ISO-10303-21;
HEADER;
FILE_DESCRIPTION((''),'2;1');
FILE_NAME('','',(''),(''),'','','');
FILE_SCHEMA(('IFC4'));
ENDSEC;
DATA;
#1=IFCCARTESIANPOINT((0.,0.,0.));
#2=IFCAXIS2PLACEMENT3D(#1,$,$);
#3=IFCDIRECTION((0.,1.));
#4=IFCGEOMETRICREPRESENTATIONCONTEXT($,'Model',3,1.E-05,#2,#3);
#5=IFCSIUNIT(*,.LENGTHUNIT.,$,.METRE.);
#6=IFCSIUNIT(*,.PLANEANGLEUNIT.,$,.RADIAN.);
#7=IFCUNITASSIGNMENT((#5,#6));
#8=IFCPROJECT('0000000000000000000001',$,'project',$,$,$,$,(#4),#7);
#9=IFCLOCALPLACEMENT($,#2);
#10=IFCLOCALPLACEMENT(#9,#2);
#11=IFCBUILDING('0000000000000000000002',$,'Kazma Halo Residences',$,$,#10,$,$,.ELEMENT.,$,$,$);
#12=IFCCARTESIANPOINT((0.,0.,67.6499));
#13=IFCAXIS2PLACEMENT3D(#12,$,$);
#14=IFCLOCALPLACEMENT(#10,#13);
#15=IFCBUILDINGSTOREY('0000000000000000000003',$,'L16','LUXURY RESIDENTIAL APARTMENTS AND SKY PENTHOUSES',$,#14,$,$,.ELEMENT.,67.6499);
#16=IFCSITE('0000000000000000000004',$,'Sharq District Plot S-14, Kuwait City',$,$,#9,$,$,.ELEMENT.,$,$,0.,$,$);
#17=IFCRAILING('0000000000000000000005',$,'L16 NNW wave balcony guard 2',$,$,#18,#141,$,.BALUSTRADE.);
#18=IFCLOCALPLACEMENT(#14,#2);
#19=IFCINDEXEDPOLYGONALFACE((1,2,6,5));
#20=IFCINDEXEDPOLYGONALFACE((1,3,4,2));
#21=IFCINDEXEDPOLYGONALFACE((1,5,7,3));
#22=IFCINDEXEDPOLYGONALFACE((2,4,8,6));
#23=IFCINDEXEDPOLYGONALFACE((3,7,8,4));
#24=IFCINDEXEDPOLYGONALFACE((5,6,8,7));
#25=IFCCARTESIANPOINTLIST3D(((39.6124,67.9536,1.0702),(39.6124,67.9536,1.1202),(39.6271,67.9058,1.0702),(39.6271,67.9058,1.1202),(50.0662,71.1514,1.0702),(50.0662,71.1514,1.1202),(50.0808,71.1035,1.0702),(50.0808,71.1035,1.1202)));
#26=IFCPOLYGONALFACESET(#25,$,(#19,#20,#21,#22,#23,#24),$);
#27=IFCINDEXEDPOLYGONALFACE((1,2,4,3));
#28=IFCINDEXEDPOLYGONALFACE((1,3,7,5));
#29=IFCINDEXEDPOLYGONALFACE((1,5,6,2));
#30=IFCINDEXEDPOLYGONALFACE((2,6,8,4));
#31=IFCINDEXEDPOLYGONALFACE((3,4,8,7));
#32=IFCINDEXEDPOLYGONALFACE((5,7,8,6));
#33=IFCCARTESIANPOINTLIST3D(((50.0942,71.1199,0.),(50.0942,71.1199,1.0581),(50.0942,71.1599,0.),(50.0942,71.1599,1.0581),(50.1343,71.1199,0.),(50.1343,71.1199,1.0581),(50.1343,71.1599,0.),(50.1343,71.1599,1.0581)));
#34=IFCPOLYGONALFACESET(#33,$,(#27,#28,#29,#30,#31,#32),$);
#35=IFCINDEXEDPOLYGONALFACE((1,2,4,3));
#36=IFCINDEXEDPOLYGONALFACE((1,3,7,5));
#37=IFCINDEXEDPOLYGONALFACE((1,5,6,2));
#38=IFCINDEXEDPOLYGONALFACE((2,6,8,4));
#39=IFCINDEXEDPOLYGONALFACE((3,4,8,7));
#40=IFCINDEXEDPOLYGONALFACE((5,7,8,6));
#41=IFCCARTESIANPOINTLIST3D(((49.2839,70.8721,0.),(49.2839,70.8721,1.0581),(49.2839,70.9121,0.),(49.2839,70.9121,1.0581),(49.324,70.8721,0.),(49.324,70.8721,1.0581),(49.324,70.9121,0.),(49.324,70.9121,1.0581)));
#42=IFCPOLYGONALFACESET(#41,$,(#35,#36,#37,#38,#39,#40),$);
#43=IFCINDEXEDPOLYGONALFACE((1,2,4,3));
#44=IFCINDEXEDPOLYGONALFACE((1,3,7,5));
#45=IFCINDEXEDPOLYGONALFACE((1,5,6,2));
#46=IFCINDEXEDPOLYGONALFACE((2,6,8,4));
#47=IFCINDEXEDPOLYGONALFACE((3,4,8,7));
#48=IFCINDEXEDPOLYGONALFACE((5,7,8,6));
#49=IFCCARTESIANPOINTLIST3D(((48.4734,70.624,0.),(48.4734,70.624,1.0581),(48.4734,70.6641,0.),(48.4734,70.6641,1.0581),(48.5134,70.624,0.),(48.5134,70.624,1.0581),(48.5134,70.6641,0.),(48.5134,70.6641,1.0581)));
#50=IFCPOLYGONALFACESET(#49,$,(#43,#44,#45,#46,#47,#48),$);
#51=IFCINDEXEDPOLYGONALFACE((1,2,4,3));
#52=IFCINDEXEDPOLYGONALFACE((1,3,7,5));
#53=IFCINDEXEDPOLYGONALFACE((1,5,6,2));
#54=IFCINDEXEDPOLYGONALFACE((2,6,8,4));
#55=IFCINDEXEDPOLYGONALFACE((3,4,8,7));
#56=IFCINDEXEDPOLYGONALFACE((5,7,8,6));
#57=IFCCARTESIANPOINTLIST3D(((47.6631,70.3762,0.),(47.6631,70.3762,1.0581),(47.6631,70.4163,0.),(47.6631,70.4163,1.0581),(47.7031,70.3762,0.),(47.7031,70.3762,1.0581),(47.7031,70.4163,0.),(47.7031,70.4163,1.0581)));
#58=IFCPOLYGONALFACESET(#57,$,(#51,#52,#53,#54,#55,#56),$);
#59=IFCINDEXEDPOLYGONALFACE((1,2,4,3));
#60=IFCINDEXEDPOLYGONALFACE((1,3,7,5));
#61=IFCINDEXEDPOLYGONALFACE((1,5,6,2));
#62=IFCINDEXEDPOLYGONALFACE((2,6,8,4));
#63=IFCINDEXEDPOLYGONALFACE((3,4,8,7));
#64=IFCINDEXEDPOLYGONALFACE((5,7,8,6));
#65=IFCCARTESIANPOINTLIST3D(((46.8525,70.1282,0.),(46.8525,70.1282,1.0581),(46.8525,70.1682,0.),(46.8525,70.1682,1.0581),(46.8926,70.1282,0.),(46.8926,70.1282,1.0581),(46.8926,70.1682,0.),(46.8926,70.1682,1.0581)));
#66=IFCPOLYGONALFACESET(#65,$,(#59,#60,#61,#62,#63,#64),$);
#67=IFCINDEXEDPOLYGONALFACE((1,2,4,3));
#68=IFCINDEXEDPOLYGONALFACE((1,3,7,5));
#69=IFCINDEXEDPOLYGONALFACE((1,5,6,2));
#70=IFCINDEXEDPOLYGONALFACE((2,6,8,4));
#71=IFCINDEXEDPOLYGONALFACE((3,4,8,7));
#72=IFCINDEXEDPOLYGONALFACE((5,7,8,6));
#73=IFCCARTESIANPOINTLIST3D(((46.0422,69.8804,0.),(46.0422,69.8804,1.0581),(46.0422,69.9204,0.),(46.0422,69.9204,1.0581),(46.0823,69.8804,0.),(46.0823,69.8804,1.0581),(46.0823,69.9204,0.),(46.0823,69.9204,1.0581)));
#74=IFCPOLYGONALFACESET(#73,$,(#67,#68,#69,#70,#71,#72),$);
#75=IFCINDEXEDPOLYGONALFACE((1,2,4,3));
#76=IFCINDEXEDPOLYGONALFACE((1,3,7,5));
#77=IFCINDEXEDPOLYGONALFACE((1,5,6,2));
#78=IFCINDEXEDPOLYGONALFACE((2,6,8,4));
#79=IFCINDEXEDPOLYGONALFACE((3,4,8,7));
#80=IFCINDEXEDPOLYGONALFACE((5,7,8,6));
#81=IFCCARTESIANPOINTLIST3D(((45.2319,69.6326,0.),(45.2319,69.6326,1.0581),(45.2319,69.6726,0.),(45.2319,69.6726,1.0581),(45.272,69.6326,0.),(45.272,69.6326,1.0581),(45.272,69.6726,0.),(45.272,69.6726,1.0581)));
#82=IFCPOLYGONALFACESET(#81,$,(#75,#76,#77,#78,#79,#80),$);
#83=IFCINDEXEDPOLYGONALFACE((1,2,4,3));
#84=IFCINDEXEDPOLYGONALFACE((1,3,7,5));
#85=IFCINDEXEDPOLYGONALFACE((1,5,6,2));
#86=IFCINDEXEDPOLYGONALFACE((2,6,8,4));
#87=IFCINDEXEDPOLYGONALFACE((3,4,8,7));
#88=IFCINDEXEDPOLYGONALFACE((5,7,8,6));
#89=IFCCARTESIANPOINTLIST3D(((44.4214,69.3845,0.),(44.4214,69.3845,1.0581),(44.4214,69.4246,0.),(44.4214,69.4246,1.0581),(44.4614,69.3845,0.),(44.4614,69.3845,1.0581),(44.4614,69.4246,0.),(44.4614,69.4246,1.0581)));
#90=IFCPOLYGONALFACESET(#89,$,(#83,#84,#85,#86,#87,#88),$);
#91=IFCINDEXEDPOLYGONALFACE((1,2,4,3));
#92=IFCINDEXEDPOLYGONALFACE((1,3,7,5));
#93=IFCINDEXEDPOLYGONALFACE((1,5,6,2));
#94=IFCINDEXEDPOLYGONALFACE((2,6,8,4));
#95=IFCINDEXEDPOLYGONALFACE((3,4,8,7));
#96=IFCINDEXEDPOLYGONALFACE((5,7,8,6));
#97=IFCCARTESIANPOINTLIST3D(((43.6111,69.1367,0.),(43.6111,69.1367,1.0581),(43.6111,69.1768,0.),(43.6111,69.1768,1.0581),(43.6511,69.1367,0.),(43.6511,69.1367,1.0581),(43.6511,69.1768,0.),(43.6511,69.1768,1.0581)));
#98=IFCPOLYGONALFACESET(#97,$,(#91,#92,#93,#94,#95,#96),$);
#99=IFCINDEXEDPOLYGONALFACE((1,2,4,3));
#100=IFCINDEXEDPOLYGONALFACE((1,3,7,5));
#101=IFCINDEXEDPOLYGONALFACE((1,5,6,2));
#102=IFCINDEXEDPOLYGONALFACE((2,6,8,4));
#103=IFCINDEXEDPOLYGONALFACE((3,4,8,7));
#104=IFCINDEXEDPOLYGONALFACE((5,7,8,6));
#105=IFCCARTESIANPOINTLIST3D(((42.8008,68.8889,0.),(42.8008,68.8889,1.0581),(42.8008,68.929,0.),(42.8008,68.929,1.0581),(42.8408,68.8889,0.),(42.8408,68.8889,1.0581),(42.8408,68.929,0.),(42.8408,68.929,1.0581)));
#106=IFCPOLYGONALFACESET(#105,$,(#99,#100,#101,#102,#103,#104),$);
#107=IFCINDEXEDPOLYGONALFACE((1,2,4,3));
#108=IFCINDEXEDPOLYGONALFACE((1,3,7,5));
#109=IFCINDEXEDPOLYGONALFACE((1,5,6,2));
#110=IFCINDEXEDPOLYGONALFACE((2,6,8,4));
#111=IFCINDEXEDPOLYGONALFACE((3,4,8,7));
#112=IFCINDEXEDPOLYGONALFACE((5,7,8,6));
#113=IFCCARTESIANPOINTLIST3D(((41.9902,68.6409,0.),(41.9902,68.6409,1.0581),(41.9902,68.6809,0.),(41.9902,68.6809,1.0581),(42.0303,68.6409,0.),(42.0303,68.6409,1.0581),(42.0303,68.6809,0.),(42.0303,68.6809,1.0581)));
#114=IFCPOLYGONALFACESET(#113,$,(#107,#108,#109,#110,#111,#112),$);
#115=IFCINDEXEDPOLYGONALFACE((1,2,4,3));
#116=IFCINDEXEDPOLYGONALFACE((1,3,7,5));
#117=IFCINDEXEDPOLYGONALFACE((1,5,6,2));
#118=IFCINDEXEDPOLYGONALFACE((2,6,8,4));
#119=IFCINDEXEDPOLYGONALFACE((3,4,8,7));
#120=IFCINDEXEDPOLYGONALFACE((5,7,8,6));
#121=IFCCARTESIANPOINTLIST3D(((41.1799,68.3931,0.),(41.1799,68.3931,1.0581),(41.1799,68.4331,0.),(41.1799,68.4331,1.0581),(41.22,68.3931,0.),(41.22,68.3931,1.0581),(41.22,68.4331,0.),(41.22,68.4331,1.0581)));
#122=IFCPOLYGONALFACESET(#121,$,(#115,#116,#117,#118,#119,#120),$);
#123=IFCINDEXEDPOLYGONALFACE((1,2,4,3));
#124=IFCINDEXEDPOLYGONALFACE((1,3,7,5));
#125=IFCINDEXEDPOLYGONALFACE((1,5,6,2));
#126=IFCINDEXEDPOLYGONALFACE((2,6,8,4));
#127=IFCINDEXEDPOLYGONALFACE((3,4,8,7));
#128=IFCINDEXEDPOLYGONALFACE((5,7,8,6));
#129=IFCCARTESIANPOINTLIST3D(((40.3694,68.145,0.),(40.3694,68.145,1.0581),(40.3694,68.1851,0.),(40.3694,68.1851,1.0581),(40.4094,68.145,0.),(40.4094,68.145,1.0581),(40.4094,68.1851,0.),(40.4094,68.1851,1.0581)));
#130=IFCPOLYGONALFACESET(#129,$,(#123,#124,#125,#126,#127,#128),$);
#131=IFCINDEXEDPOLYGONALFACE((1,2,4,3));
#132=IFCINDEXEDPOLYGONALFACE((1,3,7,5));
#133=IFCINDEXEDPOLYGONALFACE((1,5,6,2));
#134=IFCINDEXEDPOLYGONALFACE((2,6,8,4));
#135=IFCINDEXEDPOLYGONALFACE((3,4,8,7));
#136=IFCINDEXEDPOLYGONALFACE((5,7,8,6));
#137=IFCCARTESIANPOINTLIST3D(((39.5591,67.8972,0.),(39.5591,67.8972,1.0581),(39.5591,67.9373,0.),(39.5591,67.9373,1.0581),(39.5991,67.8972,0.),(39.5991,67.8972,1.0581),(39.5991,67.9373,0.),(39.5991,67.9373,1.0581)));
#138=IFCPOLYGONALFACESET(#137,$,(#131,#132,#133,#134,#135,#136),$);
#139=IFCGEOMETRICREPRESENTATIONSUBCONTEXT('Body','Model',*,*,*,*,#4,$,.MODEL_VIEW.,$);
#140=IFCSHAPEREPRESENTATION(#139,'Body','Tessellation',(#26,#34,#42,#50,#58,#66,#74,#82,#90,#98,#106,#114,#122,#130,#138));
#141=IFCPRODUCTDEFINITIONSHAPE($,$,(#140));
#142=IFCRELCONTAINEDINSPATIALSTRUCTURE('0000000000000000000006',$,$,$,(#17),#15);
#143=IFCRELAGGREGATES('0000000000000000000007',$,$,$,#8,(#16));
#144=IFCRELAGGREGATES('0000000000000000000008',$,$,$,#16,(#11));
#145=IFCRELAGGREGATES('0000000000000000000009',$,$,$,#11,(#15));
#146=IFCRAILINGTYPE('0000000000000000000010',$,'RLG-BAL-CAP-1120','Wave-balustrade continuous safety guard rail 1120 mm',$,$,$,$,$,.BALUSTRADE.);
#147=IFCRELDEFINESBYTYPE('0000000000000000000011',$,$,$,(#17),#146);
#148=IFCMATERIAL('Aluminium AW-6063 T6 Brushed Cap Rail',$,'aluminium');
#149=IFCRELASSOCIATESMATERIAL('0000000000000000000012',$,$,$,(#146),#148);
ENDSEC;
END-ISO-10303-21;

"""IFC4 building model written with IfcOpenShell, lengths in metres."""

from ifc_helpers import new_model, si_unit, direction, frame, origin, origin_2d, place, context, subcontext, project, spatial, rectangle, extrude, material, type_object, element, save


model = new_model("IFC4")

# Units and contexts
model_context = context("Model", 3, precision=1e-05, world=origin(), true_north=direction((0.0, 1.0)))
body_context = subcontext(model_context, "Body", "Model", "MODEL_VIEW")
ifc_project = project(units=[si_unit("LENGTHUNIT", "METRE"), si_unit("PLANEANGLEUNIT", "RADIAN")], contexts=[model_context])

# Site, building, storey
site_placement = place(None, origin())
site = spatial("IfcSite", under=ifc_project, at=site_placement, Name="Sharq District Plot S-14, Kuwait City", CompositionType="ELEMENT", RefElevation=0.0)
building_placement = place(site_placement, origin())
building = spatial("IfcBuilding", under=site, at=building_placement, Name="Kazma Halo Residences", CompositionType="ELEMENT")
storey_placement = place(building_placement, frame((0.0, 0.0, 67.6499)))
storey = spatial("IfcBuildingStorey", under=building, at=storey_placement, Name="L16", Description="LUXURY RESIDENTIAL APARTMENTS AND SKY PENTHOUSES", CompositionType="ELEMENT", Elevation=67.6499)

# Railing
ifc_material_1 = material(Name="Aluminium AW-6063 T6 Brushed Cap Rail", Category="aluminium")
railing_type = type_object("IfcRailingType", Name="RLG-BAL-CAP-1120", Description="Wave-balustrade continuous safety guard rail 1120 mm", PredefinedType="BALUSTRADE", material=ifc_material_1)
railing_1_placement = place(storey_placement, frame((50.1143, 71.1399, 0.0)))
element("IfcRailing", 1, at=railing_1_placement, inside=storey, type_object=railing_type, Name="L16 NNW wave balcony guard 2", PredefinedType="BALUSTRADE", context=body_context, shape_type="SweptSolid", body=[
    extrude(rectangle(XDim=0.05, YDim=0.05, at=origin_2d()), frame((-0.0408, -0.0125, 1.0952), z_axis=(-0.956261, -0.292516, 0.0), x_axis=(0.292516, -0.956261, 0.0)), (0.0, 0.0, 1.0), 10.9319),
    extrude(rectangle(XDim=0.04, YDim=0.04, at=origin_2d()), origin(), (0.0, 0.0, 1.0), 1.0581),
    extrude(rectangle(XDim=0.04, YDim=0.04, at=origin_2d()), frame((-0.8103, -0.2478, 0.0)), (0.0, 0.0, 1.0), 1.0581),
    extrude(rectangle(XDim=0.04, YDim=0.04, at=origin_2d()), frame((-1.6208, -0.4958, 0.0)), (0.0, 0.0, 1.0), 1.0581),
    extrude(rectangle(XDim=0.04, YDim=0.04, at=origin_2d()), frame((-2.4312, -0.7437, 0.0)), (0.0, 0.0, 1.0), 1.0581),
    extrude(rectangle(XDim=0.04, YDim=0.04, at=origin_2d()), frame((-3.2417, -0.9917, 0.0)), (0.0, 0.0, 1.0), 1.0581),
    extrude(rectangle(XDim=0.04, YDim=0.04, at=origin_2d()), frame((-4.052, -1.2395, 0.0)), (0.0, 0.0, 1.0), 1.0581),
    extrude(rectangle(XDim=0.04, YDim=0.04, at=origin_2d()), frame((-4.8623, -1.4873, 0.0)), (0.0, 0.0, 1.0), 1.0581),
    extrude(rectangle(XDim=0.04, YDim=0.04, at=origin_2d()), frame((-5.6729, -1.7354, 0.0)), (0.0, 0.0, 1.0), 1.0581),
    extrude(rectangle(XDim=0.04, YDim=0.04, at=origin_2d()), frame((-6.4832, -1.9832, 0.0)), (0.0, 0.0, 1.0), 1.0581),
    extrude(rectangle(XDim=0.04, YDim=0.04, at=origin_2d()), frame((-7.2935, -2.231, 0.0)), (0.0, 0.0, 1.0), 1.0581),
    extrude(rectangle(XDim=0.04, YDim=0.04, at=origin_2d()), frame((-8.104, -2.479, 0.0)), (0.0, 0.0, 1.0), 1.0581),
    extrude(rectangle(XDim=0.04, YDim=0.04, at=origin_2d()), frame((-8.9143, -2.7268, 0.0)), (0.0, 0.0, 1.0), 1.0581),
    extrude(rectangle(XDim=0.04, YDim=0.04, at=origin_2d()), frame((-9.7249, -2.9749, 0.0)), (0.0, 0.0, 1.0), 1.0581),
    extrude(rectangle(XDim=0.04, YDim=0.04, at=origin_2d()), frame((-10.5352, -3.2227, 0.0)), (0.0, 0.0, 1.0), 1.0581),
])

save(model, "model.ifc")
